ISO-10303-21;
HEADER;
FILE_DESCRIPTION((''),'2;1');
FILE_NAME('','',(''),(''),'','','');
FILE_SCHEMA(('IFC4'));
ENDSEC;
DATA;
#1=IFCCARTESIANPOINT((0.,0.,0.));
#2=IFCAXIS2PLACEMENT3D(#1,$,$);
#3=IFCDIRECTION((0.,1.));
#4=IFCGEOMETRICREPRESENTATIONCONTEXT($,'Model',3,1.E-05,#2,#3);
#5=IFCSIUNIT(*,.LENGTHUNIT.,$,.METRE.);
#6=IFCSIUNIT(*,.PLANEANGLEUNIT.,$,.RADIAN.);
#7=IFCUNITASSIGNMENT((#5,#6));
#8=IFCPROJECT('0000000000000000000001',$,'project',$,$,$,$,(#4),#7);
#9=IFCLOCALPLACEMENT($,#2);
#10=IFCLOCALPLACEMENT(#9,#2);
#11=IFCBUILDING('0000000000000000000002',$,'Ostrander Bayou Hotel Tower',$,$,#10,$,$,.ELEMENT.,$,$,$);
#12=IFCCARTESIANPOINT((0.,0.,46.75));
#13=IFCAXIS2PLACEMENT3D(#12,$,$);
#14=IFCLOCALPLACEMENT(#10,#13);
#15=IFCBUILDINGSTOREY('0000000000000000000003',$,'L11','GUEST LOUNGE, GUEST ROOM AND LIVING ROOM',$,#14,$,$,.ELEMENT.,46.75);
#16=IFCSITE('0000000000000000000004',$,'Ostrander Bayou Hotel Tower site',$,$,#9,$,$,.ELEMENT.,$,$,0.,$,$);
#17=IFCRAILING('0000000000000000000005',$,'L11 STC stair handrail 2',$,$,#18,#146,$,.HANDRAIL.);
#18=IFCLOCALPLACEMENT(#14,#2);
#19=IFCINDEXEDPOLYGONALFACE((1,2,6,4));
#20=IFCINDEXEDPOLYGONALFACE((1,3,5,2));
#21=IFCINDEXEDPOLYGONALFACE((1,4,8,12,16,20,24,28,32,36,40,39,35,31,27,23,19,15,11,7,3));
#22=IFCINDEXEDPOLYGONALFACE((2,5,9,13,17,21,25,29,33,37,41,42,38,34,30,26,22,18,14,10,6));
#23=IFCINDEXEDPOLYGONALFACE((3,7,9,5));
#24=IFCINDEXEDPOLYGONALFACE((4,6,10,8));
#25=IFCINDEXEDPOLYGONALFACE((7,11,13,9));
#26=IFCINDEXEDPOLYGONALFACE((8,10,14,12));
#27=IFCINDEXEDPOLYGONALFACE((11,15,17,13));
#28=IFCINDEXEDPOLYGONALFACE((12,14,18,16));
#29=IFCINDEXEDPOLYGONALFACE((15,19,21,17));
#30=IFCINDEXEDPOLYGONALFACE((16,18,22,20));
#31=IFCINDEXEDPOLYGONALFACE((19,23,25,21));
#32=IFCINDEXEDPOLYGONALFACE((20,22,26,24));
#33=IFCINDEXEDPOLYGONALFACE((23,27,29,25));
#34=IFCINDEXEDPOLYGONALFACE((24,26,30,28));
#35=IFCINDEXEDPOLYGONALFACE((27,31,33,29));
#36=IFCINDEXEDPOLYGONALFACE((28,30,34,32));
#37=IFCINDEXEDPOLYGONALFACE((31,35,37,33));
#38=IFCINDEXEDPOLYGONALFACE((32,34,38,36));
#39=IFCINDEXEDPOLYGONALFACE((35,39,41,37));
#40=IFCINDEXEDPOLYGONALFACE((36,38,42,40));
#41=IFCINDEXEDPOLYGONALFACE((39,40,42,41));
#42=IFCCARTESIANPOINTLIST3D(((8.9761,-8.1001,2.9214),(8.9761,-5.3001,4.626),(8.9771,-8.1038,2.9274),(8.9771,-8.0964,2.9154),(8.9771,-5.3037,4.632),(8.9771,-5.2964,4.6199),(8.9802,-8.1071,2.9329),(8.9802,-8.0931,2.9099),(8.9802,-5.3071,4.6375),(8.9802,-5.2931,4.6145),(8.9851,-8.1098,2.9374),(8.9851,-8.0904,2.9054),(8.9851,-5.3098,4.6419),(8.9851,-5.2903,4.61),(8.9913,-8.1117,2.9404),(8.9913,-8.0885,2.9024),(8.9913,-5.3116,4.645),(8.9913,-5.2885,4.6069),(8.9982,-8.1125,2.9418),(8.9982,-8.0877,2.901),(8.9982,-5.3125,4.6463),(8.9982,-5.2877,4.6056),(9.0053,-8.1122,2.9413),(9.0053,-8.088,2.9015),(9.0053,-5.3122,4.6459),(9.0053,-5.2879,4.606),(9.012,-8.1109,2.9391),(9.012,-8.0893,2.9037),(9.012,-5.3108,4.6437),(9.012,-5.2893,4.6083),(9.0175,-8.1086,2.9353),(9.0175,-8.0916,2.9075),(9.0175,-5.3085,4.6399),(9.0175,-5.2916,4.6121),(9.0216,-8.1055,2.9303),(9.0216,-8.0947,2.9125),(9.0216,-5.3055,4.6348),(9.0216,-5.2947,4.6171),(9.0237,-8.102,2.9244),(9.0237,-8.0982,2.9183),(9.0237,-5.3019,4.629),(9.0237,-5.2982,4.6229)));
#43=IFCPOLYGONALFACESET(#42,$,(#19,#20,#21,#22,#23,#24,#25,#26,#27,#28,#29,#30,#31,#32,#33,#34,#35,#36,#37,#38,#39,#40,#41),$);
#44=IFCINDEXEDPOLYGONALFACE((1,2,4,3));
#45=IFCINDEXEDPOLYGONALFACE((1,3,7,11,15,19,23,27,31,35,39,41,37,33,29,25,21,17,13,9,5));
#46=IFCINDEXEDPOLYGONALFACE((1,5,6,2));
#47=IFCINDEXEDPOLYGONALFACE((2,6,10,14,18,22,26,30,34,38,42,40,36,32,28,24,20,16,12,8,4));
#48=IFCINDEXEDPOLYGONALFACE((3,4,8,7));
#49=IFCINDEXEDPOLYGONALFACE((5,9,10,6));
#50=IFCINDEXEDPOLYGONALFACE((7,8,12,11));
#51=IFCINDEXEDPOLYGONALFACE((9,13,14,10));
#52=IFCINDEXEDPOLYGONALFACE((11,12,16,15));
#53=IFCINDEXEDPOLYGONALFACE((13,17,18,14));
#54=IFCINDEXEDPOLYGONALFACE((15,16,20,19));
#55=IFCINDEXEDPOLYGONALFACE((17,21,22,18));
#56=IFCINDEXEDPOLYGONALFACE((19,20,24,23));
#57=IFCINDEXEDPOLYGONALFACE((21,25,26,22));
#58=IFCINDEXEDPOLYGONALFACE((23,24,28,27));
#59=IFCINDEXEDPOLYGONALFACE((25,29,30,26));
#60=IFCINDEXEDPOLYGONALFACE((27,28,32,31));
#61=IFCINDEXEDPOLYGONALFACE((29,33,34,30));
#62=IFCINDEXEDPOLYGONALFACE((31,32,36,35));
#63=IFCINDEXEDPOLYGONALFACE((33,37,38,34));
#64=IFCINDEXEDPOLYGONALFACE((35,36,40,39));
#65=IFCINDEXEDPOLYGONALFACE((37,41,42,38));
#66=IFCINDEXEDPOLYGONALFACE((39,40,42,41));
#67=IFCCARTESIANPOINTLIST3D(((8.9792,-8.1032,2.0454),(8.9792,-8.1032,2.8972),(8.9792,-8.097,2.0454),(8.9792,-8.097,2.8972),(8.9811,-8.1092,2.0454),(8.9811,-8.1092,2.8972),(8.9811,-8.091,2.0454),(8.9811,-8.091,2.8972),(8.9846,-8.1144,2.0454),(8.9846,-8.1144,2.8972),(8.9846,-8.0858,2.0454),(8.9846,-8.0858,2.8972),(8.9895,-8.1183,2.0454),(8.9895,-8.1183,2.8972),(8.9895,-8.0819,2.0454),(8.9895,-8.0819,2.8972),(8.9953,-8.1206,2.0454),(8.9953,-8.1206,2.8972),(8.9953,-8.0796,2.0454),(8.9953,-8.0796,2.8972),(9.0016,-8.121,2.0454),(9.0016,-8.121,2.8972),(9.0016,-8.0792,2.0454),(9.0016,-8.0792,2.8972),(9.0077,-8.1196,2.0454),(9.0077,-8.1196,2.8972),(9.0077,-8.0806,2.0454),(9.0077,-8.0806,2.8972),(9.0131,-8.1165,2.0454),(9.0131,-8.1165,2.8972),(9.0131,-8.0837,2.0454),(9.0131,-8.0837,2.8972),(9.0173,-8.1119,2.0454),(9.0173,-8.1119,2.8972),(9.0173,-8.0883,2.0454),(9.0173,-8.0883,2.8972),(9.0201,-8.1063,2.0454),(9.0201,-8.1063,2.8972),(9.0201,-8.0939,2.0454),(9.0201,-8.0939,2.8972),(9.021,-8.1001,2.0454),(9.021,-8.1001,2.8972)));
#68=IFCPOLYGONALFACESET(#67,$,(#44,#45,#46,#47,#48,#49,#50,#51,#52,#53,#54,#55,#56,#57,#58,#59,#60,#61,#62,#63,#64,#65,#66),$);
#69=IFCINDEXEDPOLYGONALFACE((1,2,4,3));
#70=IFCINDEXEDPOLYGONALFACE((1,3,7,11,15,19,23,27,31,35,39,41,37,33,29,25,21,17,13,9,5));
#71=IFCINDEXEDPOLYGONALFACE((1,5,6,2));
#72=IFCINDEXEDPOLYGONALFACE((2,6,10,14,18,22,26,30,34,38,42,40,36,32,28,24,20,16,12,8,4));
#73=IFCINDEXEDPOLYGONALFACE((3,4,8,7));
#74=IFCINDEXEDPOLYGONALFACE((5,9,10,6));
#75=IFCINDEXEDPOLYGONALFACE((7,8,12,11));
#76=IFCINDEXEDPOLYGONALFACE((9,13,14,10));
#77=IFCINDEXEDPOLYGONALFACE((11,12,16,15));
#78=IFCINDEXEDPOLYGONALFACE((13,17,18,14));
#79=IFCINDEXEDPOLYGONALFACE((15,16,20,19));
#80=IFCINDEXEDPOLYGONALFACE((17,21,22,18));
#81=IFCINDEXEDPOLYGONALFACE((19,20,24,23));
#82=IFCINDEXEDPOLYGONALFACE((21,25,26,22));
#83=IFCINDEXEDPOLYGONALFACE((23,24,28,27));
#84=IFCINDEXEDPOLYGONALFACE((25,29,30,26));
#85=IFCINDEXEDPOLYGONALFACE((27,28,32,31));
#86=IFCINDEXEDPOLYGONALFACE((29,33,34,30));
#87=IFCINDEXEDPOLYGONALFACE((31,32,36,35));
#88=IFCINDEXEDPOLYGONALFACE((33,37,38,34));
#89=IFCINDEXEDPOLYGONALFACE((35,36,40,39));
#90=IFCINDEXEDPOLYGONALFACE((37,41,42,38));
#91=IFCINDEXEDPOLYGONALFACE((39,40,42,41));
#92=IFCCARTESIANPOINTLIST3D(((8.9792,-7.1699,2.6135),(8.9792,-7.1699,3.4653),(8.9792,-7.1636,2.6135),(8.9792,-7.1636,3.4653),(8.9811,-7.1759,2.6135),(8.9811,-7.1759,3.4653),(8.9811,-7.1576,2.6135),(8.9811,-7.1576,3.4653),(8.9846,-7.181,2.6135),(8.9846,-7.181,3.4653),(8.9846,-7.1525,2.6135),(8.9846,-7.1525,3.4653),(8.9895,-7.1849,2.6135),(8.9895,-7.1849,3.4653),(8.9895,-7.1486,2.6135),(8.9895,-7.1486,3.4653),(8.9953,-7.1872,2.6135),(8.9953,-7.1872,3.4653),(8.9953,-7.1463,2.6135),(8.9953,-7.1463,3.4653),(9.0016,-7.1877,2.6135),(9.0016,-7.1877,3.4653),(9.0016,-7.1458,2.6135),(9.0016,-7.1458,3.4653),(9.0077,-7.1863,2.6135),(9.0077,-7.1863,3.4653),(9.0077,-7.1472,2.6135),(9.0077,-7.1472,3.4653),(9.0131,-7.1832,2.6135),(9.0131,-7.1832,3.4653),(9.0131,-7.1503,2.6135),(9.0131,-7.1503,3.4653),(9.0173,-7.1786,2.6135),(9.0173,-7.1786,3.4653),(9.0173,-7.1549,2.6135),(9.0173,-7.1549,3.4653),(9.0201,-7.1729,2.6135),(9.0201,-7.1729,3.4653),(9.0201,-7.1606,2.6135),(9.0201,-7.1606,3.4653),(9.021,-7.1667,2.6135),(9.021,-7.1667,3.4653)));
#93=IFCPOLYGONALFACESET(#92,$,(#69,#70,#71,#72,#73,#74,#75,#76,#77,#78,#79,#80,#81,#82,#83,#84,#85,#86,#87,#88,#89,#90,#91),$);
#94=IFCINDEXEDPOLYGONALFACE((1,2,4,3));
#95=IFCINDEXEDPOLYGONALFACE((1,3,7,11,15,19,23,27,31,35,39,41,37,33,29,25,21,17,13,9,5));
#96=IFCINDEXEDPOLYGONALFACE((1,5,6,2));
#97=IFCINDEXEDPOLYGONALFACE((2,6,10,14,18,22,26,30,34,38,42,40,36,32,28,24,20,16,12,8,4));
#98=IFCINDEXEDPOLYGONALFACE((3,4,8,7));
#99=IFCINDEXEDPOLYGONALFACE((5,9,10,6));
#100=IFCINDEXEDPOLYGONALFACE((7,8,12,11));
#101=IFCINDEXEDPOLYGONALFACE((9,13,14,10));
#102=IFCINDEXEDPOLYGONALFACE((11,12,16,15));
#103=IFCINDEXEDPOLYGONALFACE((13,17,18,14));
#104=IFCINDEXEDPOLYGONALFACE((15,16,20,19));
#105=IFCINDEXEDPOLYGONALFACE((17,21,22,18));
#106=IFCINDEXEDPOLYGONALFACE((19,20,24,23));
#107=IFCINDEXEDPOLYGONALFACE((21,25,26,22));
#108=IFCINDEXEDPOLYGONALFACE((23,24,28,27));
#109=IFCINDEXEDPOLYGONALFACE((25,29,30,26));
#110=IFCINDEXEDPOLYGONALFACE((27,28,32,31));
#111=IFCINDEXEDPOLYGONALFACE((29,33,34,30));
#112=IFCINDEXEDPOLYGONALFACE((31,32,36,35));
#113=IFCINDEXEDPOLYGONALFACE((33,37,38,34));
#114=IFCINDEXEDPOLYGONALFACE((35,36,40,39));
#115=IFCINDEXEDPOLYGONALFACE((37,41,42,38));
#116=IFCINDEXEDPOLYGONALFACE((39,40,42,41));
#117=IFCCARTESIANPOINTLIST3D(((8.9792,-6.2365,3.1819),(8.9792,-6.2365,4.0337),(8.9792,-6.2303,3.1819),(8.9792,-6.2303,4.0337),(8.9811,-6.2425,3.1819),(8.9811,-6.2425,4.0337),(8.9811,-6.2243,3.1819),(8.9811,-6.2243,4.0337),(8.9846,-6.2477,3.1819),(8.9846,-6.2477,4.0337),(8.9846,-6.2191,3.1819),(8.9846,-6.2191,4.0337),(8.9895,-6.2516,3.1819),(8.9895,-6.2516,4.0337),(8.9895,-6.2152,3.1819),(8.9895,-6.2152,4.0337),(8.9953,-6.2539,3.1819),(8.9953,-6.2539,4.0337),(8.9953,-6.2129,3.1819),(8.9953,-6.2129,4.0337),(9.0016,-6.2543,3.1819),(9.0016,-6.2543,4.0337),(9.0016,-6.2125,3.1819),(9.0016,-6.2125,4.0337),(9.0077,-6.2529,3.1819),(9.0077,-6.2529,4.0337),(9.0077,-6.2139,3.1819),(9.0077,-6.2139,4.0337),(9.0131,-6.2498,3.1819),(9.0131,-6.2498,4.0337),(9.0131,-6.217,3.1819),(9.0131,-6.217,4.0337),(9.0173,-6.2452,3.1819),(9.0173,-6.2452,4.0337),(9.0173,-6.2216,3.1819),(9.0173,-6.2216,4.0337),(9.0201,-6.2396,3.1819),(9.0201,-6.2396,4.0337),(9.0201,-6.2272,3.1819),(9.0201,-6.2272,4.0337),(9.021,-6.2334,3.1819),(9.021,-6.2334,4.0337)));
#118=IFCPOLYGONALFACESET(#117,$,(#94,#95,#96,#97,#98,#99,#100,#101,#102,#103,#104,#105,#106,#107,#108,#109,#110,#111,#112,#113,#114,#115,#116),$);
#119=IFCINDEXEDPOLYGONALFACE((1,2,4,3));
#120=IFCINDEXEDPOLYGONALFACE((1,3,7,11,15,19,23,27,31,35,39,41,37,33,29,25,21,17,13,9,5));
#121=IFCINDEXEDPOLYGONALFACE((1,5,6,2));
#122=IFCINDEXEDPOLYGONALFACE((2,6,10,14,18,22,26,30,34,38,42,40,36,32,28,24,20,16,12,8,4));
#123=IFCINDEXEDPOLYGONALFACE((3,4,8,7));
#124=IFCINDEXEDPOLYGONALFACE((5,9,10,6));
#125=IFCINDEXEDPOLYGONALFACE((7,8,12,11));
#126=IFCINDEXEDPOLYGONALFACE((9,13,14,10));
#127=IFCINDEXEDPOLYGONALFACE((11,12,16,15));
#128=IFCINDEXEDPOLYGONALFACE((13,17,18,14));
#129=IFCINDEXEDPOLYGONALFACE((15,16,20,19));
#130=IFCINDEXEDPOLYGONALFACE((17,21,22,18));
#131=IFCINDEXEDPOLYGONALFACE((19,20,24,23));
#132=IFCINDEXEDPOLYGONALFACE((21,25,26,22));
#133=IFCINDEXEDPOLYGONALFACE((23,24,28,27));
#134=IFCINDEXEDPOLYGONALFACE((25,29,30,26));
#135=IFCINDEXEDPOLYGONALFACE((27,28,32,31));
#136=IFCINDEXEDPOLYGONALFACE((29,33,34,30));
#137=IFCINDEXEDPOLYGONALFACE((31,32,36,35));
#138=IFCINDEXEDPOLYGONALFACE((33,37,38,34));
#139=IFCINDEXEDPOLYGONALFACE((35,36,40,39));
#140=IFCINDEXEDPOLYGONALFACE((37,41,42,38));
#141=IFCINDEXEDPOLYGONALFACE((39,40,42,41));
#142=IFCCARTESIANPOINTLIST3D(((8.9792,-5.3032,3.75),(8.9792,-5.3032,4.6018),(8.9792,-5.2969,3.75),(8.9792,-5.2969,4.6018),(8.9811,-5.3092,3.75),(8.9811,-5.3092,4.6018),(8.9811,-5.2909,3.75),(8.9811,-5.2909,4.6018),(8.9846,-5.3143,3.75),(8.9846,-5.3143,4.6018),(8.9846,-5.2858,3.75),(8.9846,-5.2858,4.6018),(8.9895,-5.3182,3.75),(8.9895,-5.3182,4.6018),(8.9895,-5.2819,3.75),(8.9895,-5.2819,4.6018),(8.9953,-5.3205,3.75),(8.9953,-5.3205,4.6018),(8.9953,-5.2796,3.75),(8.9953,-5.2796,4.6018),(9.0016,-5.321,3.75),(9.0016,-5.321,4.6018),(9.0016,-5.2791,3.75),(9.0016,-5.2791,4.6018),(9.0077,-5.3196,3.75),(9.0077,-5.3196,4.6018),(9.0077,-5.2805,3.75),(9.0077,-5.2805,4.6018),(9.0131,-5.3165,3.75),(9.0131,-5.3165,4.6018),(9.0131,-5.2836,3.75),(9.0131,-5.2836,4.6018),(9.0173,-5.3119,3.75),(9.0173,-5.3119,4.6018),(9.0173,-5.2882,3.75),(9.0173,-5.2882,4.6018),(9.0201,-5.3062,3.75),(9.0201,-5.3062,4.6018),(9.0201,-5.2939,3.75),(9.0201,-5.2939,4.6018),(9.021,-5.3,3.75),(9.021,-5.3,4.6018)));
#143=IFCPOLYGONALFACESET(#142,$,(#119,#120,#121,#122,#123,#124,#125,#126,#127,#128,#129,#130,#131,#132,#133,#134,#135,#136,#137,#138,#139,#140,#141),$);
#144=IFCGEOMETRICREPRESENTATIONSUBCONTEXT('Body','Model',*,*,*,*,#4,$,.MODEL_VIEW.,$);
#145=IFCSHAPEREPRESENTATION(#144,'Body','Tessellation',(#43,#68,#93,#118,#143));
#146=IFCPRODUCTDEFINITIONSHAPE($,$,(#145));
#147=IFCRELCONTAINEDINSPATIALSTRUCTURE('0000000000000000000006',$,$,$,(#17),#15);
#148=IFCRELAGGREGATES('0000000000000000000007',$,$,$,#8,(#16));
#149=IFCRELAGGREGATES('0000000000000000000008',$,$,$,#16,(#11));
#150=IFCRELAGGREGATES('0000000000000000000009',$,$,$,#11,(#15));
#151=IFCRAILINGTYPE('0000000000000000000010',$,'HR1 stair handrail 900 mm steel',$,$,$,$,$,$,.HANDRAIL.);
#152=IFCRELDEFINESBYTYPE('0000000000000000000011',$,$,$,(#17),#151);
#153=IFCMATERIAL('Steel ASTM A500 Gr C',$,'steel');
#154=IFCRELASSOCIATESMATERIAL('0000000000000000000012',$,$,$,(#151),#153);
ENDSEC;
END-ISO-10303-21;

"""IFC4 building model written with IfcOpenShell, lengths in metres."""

from ifc_helpers import new_model, si_unit, direction, frame, origin, origin_2d, place, context, subcontext, project, spatial, circle, extrude, material, type_object, element, save


model = new_model("IFC4")

# Units and contexts
model_context = context("Model", 3, precision=1e-05, world=origin(), true_north=direction((0.0, 1.0)))
body_context = subcontext(model_context, "Body", "Model", "MODEL_VIEW")
ifc_project = project(units=[si_unit("LENGTHUNIT", "METRE"), si_unit("PLANEANGLEUNIT", "RADIAN")], contexts=[model_context])

# Site, building, storey
site_placement = place(None, origin())
site = spatial("IfcSite", under=ifc_project, at=site_placement, Name="Ostrander Bayou Hotel Tower site", CompositionType="ELEMENT", RefElevation=0.0)
building_placement = place(site_placement, origin())
building = spatial("IfcBuilding", under=site, at=building_placement, Name="Ostrander Bayou Hotel Tower", CompositionType="ELEMENT")
storey_placement = place(building_placement, frame((0.0, 0.0, 46.75)))
storey = spatial("IfcBuildingStorey", under=building, at=storey_placement, Name="L11", Description="GUEST LOUNGE, GUEST ROOM AND LIVING ROOM", CompositionType="ELEMENT", Elevation=46.75)

# Railing
ifc_material_1 = material(Name="Steel ASTM A500 Gr C", Category="steel")
railing_type_1 = type_object("IfcRailingType", Name="HR1 stair handrail 900 mm steel", PredefinedType="HANDRAIL", material=ifc_material_1)
railing_1_placement = place(storey_placement, frame((9.0, -8.1001, 2.0454)))
element("IfcRailing", 1, at=railing_1_placement, inside=storey, type_object=railing_type_1, Name="L11 STC stair handrail 2", PredefinedType="HANDRAIL", context=body_context, shape_type="SweptSolid", body=[
    extrude(circle(Radius=0.0239, at=origin_2d()), frame((0.0, 0.0, 0.876), z_axis=(0.0, 0.85417, 0.519994), x_axis=(-1.0, 0.0, 0.0)), (0.0, 0.0, 1.0), 3.2781),
    extrude(circle(Radius=0.021, at=origin_2d()), origin(), (0.0, 0.0, 1.0), 0.8518),
    extrude(circle(Radius=0.021, at=origin_2d()), frame((0.0, 0.9333, 0.5681)), (0.0, 0.0, 1.0), 0.8518),
    extrude(circle(Radius=0.021, at=origin_2d()), frame((0.0, 1.8667, 1.1365)), (0.0, 0.0, 1.0), 0.8518),
    extrude(circle(Radius=0.021, at=origin_2d()), frame((0.0, 2.8, 1.7046)), (0.0, 0.0, 1.0), 0.8518),
])

save(model, "model.ifc")
